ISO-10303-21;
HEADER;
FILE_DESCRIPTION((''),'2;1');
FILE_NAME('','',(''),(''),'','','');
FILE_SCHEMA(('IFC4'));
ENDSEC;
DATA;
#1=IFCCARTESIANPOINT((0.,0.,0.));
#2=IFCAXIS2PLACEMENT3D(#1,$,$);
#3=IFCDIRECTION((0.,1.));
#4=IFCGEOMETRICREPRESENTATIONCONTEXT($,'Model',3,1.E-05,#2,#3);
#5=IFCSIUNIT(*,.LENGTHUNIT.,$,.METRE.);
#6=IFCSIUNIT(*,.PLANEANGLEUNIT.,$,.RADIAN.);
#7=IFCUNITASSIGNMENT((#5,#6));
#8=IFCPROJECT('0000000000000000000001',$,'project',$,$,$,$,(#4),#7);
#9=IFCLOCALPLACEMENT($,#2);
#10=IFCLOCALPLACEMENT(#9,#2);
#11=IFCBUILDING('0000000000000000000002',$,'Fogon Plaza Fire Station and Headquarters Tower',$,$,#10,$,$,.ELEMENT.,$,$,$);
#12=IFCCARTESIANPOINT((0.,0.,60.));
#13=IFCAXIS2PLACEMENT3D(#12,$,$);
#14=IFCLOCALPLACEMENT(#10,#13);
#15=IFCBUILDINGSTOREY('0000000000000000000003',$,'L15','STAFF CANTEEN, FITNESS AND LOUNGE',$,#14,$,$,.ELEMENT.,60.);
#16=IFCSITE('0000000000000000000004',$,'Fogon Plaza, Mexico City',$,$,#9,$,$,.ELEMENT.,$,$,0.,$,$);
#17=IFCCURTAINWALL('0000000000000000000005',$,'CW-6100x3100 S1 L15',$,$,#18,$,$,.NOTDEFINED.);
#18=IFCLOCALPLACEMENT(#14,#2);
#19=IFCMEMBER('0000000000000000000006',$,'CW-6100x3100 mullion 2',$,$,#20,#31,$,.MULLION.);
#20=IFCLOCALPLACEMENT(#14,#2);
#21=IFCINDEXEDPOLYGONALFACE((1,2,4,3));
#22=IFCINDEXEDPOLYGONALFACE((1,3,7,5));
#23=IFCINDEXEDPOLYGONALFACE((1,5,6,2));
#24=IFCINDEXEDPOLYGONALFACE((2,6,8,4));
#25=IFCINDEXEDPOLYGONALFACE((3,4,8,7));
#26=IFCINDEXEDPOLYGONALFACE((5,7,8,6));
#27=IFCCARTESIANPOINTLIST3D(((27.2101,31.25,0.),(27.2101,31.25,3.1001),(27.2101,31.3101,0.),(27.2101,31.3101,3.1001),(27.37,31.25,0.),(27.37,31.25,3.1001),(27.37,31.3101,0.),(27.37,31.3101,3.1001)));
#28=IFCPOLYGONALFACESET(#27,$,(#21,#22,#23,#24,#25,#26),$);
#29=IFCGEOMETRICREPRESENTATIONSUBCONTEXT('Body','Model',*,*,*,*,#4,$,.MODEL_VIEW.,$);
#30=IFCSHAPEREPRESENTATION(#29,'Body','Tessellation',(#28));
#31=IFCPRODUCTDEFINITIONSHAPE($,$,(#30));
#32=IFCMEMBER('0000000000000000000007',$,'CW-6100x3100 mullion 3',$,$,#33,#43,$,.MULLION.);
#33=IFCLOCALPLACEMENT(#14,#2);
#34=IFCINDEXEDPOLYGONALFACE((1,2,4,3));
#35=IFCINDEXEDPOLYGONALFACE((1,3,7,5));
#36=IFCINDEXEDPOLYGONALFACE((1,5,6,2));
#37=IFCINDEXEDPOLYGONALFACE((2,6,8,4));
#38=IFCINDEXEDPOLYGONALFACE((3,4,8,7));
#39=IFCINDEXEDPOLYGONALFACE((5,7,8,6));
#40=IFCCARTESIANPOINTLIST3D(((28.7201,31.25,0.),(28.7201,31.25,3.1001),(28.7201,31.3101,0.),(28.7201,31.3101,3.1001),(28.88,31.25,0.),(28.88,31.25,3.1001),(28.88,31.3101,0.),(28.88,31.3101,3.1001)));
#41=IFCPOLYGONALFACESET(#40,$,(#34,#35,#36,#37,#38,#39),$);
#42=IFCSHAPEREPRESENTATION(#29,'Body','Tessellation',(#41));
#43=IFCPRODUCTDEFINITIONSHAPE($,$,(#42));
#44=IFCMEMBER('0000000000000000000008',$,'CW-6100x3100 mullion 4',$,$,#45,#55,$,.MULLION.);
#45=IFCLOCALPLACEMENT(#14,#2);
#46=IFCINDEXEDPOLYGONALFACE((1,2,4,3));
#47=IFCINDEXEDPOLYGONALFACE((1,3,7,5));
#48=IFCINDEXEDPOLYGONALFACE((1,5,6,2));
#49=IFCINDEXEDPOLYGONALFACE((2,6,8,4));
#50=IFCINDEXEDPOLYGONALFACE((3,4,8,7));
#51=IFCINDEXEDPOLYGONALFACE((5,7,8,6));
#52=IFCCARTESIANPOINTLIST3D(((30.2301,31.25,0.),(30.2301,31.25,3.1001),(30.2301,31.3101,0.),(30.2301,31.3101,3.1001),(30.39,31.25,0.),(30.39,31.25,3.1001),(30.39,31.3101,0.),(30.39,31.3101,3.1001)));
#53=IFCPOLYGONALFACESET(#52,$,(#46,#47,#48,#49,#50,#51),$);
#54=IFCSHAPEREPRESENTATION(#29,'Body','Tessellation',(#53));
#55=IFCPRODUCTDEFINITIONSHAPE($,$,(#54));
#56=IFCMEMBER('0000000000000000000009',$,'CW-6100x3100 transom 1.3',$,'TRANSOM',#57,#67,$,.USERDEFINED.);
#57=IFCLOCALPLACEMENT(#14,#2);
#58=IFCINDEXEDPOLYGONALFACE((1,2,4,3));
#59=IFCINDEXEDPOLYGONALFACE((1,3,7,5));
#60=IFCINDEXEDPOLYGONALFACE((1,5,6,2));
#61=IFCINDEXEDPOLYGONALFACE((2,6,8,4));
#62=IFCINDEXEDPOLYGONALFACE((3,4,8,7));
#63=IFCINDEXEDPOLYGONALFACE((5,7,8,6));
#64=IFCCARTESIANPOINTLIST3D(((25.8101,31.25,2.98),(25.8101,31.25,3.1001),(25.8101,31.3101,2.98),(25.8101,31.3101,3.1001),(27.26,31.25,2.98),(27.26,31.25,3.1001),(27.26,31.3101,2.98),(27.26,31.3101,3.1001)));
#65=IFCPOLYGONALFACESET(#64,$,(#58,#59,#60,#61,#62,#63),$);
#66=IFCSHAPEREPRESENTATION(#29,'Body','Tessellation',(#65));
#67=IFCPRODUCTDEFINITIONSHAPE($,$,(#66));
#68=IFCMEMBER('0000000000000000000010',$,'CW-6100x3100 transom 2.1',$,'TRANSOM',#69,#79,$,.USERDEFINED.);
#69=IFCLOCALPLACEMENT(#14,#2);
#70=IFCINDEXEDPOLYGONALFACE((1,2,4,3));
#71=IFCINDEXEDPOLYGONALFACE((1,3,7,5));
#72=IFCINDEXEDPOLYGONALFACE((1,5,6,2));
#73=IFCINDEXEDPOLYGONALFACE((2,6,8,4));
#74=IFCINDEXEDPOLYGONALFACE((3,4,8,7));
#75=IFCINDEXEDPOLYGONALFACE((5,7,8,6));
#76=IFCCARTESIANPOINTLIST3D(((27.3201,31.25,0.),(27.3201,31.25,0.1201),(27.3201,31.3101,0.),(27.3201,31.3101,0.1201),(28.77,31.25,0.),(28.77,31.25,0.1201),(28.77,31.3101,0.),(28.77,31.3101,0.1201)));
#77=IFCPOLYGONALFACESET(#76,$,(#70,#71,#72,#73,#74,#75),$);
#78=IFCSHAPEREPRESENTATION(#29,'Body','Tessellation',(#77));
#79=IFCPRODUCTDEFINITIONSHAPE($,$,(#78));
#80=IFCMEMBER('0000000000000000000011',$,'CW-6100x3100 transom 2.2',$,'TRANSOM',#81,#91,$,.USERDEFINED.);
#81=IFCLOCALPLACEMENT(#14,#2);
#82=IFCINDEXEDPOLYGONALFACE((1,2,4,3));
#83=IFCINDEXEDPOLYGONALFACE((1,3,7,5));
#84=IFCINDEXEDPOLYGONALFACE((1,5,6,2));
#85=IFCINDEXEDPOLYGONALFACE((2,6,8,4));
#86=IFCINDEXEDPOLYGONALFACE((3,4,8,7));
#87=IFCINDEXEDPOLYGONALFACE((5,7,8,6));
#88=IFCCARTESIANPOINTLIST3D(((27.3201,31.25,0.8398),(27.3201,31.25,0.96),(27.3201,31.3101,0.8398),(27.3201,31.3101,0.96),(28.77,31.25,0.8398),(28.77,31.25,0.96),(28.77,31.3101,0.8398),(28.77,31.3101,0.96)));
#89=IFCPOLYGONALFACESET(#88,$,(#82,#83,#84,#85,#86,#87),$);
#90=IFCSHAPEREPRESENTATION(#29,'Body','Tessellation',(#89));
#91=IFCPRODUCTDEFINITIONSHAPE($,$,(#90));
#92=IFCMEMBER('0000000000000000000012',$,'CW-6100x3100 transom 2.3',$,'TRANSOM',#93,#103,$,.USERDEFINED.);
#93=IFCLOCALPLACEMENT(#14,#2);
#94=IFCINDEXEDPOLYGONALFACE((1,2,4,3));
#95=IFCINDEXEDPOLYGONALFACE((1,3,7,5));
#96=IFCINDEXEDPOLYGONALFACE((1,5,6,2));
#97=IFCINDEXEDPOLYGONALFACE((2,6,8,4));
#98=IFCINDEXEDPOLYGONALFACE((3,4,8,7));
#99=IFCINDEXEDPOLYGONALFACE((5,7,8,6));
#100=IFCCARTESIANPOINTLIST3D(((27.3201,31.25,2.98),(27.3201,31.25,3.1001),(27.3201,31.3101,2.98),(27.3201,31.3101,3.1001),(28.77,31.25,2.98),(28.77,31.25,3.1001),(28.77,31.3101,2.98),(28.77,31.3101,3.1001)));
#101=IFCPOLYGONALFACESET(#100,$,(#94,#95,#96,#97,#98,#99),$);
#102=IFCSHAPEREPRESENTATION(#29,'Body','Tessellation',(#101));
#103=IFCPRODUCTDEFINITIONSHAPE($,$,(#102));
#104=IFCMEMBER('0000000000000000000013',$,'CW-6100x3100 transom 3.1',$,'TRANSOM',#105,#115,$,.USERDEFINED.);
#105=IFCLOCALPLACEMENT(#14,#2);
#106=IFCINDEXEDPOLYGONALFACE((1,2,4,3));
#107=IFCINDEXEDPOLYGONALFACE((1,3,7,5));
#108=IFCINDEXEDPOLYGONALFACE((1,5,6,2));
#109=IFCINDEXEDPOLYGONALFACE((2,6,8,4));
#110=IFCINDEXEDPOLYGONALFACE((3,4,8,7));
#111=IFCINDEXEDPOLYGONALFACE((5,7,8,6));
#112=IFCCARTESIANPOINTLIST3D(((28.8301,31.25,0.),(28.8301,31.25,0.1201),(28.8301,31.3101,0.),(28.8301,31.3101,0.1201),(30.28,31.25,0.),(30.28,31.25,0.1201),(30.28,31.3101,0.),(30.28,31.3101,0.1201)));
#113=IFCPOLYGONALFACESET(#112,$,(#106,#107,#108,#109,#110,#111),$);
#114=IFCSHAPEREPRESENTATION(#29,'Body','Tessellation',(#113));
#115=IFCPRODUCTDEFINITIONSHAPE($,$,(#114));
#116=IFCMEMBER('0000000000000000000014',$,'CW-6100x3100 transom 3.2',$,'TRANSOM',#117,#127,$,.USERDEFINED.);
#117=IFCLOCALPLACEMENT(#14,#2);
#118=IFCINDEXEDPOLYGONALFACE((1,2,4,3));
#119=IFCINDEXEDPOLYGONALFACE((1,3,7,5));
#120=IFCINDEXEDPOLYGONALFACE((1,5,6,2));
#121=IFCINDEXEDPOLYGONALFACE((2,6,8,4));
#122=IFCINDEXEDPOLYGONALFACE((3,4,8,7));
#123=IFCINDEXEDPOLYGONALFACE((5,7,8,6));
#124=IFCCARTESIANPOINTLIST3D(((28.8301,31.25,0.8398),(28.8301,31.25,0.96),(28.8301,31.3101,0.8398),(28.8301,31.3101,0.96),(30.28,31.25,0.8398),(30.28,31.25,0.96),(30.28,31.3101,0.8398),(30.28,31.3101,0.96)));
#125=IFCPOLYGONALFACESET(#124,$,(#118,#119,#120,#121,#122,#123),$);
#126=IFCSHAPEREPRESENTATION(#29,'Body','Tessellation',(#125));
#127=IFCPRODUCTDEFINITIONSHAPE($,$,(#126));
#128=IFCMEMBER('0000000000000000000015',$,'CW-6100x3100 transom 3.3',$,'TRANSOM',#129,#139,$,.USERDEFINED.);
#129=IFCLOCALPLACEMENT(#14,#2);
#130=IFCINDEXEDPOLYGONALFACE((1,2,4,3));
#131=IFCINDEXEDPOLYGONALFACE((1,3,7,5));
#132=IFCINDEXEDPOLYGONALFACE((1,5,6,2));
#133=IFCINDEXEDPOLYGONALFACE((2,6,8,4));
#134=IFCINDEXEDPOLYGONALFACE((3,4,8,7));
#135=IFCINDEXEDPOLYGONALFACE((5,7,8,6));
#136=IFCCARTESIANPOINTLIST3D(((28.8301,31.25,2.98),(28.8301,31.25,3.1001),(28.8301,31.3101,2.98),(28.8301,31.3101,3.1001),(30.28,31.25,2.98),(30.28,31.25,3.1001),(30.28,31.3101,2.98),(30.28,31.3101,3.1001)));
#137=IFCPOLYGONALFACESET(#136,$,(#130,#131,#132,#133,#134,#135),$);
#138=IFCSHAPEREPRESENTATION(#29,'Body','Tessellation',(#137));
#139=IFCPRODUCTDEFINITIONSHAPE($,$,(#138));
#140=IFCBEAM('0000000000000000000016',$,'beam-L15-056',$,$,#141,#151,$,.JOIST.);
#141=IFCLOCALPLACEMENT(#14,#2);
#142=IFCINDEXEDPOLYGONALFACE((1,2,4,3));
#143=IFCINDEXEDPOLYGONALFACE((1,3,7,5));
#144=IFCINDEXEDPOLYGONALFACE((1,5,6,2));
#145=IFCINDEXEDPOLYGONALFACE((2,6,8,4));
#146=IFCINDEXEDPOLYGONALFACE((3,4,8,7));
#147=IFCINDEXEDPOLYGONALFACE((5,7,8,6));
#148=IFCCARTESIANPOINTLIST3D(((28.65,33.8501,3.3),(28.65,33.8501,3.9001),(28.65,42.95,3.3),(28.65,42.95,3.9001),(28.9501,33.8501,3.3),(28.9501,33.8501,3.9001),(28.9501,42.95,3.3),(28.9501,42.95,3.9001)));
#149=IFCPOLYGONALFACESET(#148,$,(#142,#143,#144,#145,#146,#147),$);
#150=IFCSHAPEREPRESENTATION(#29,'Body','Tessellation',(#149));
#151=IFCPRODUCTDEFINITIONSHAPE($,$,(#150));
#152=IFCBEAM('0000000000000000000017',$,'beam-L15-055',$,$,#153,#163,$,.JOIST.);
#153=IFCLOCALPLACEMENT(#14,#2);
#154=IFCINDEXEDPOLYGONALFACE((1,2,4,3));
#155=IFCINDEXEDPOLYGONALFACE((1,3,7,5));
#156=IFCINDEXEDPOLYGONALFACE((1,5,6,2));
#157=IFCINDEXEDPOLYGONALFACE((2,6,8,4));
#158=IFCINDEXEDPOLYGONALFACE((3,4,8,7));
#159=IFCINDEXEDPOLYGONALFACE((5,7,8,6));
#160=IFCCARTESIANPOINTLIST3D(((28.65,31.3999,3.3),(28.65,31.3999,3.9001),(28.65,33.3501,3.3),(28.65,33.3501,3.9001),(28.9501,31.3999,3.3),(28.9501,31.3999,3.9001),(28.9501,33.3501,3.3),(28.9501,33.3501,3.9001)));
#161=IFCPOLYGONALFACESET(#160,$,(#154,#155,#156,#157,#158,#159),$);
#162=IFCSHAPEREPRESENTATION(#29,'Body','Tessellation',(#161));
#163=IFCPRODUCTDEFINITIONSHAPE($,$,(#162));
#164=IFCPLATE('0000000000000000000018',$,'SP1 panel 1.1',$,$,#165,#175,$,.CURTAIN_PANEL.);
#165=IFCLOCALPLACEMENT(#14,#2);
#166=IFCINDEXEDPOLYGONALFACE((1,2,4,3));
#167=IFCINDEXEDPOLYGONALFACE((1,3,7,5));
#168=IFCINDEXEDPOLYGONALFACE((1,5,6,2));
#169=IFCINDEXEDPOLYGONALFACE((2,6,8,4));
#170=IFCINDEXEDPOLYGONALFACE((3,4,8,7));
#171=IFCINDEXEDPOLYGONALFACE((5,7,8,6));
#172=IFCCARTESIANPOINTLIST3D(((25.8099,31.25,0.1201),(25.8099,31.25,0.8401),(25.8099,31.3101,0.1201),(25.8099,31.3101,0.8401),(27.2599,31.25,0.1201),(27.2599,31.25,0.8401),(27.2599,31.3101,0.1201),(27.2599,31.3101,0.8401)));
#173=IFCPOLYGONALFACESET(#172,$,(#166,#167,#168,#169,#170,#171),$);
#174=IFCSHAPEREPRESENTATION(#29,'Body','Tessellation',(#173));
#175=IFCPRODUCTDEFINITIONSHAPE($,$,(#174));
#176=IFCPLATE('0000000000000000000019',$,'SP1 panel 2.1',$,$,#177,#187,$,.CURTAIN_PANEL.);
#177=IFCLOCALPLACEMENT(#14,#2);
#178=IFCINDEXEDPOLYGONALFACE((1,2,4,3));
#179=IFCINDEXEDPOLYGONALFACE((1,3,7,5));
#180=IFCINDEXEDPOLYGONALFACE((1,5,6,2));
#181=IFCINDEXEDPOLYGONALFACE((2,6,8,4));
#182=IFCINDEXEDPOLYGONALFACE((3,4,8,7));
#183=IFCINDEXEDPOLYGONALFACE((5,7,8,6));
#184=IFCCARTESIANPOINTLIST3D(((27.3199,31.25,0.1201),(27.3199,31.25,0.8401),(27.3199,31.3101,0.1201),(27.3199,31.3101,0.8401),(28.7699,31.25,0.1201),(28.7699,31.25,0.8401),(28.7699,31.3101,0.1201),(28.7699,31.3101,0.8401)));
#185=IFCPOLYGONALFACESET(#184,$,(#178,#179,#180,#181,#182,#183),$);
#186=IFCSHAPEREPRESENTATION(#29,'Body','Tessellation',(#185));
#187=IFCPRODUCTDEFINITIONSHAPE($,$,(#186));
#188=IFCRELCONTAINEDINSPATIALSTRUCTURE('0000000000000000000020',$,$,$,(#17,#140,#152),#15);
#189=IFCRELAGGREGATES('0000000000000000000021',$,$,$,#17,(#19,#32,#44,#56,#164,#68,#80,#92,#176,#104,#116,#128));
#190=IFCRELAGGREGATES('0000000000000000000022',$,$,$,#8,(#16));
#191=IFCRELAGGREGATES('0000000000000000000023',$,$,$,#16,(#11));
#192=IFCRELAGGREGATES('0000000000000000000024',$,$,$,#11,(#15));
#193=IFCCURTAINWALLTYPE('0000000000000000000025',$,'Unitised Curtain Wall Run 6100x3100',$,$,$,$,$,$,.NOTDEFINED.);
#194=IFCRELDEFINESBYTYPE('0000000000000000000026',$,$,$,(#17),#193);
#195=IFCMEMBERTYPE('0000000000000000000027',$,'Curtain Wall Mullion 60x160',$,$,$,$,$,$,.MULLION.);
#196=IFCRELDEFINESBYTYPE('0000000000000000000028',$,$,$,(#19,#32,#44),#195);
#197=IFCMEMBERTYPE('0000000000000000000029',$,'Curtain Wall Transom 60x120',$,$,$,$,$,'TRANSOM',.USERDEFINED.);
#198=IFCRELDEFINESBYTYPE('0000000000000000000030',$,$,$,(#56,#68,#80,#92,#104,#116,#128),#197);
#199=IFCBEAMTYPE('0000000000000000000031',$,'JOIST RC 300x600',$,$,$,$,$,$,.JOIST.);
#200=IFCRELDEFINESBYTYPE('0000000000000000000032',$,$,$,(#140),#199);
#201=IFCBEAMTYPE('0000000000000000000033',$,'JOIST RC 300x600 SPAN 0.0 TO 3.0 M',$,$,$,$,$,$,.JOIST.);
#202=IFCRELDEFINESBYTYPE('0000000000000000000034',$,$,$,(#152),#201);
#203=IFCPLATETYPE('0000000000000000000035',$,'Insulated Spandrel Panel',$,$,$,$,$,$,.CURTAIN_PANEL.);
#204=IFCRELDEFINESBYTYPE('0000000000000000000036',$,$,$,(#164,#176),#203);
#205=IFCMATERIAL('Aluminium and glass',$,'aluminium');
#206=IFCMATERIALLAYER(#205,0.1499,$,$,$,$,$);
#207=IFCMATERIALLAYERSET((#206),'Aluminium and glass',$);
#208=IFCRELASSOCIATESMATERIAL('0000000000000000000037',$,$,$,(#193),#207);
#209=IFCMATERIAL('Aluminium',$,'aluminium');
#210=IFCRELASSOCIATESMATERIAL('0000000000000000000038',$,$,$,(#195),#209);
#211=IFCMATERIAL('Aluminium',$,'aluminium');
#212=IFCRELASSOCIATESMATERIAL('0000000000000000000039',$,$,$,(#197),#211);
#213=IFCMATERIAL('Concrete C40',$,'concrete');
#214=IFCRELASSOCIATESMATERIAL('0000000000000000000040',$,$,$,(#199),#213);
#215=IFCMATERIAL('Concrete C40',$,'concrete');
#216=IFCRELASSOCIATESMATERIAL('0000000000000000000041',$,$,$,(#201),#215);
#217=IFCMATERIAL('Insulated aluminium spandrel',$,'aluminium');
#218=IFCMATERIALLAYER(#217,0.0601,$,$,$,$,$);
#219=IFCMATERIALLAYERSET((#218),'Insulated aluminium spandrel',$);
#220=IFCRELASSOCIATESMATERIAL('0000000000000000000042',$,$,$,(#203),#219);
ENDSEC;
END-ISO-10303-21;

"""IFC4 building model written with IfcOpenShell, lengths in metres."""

from ifc_helpers import new_model, si_unit, direction, frame, origin, origin_2d, place, context, subcontext, project, spatial, rectangle, extrude, material, layer, layer_set, material_profile, profile_set, type_object, element, aggregate, save


model = new_model("IFC4")

# Units and contexts
model_context = context("Model", 3, precision=1e-05, world=origin(), true_north=direction((0.0, 1.0)))
body_context = subcontext(model_context, "Body", "Model", "MODEL_VIEW")
ifc_project = project(units=[si_unit("LENGTHUNIT", "METRE"), si_unit("PLANEANGLEUNIT", "RADIAN")], contexts=[model_context])

# Site, building, storey
site_placement = place(None, origin())
site = spatial("IfcSite", under=ifc_project, at=site_placement, Name="Fogon Plaza, Mexico City", CompositionType="ELEMENT", RefElevation=0.0)
building_placement = place(site_placement, origin())
building = spatial("IfcBuilding", under=site, at=building_placement, Name="Fogon Plaza Fire Station and Headquarters Tower", CompositionType="ELEMENT")
storey_placement = place(building_placement, frame((0.0, 0.0, 60.0)))
storey = spatial("IfcBuildingStorey", under=building, at=storey_placement, Name="L15", Description="STAFF CANTEEN, FITNESS AND LOUNGE", CompositionType="ELEMENT", Elevation=60.0)

# Curtain wall, members
ifc_material_1 = material(Name="Aluminium and glass", Category="aluminium")
ifc_layer_1 = layer(ifc_material_1, 0.1499)
ifc_layer_set_1 = layer_set([ifc_layer_1], Name="Aluminium and glass")
curtain_wall_type = type_object("IfcCurtainWallType", Name="Unitised Curtain Wall Run 6100x3100", PredefinedType="NOTDEFINED", material=ifc_layer_set_1)
curtain_wall_placement = place(storey_placement, origin())
curtain_wall = element("IfcCurtainWall", 1, at=curtain_wall_placement, inside=storey, type_object=curtain_wall_type, Name="CW-6100x3100 S1 L15", PredefinedType="NOTDEFINED")
ifc_material_2 = material(Name="Aluminium", Category="aluminium")
ifc_material_profile_1 = material_profile(ifc_material_2, rectangle(XDim=0.0601, YDim=0.1599, at=origin_2d()), Name="Curtain Wall Mullion 60x160")
ifc_profile_set_1 = profile_set([ifc_material_profile_1], Name="Aluminium")
member_type_1 = type_object("IfcMemberType", Name="Curtain Wall Mullion 60x160", PredefinedType="MULLION", material=ifc_profile_set_1)
member_1_placement = place(storey_placement, frame((27.29, 31.28, 0.0), z_axis=(0.0, 0.0, 1.0), x_axis=(0.0, 1.0, 0.0)))
member_1 = element("IfcMember", 2, at=member_1_placement, type_object=member_type_1, Name="CW-6100x3100 mullion 2", PredefinedType="MULLION", context=body_context, shape_type="SweptSolid", body=[
    extrude(rectangle(XDim=0.0601, YDim=0.1599, at=origin_2d()), origin(), (0.0, 0.0, 1.0), 3.1001),
])
member_2_placement = place(storey_placement, frame((28.8, 31.28, 0.0), z_axis=(0.0, 0.0, 1.0), x_axis=(0.0, 1.0, 0.0)))
member_2 = element("IfcMember", 3, at=member_2_placement, type_object=member_type_1, Name="CW-6100x3100 mullion 3", PredefinedType="MULLION", context=body_context, shape_type="SweptSolid", body=[
    extrude(rectangle(XDim=0.0601, YDim=0.1599, at=origin_2d()), origin(), (0.0, 0.0, 1.0), 3.1001),
])
member_3_placement = place(storey_placement, frame((30.3101, 31.28, 0.0), z_axis=(0.0, 0.0, 1.0), x_axis=(0.0, 1.0, 0.0)))
member_3 = element("IfcMember", 4, at=member_3_placement, type_object=member_type_1, Name="CW-6100x3100 mullion 4", PredefinedType="MULLION", context=body_context, shape_type="SweptSolid", body=[
    extrude(rectangle(XDim=0.0601, YDim=0.1599, at=origin_2d()), origin(), (0.0, 0.0, 1.0), 3.1001),
])
ifc_material_3 = material(Name="Aluminium", Category="aluminium")
ifc_material_profile_2 = material_profile(ifc_material_3, rectangle(XDim=0.0601, YDim=0.1201, at=origin_2d()), Name="Curtain Wall Transom 60x120")
ifc_profile_set_2 = profile_set([ifc_material_profile_2], Name="Aluminium")
member_type_2 = type_object("IfcMemberType", Name="Curtain Wall Transom 60x120", ElementType="TRANSOM", PredefinedType="USERDEFINED", material=ifc_profile_set_2)
member_4_placement = place(storey_placement, frame((25.8101, 31.28, 3.04), z_axis=(1.0, 0.0, 0.0), x_axis=(0.0, 1.0, 0.0)))
member_4 = element("IfcMember", 5, at=member_4_placement, type_object=member_type_2, Name="CW-6100x3100 transom 1.3", ObjectType="TRANSOM", PredefinedType="USERDEFINED", context=body_context, shape_type="SweptSolid", body=[
    extrude(rectangle(XDim=0.0601, YDim=0.1201, at=origin_2d()), origin(), (0.0, 0.0, 1.0), 1.45),
])
member_5_placement = place(storey_placement, frame((27.3201, 31.28, 0.0601), z_axis=(1.0, 0.0, 0.0), x_axis=(0.0, 1.0, 0.0)))
member_5 = element("IfcMember", 6, at=member_5_placement, type_object=member_type_2, Name="CW-6100x3100 transom 2.1", ObjectType="TRANSOM", PredefinedType="USERDEFINED", context=body_context, shape_type="SweptSolid", body=[
    extrude(rectangle(XDim=0.0601, YDim=0.1201, at=origin_2d()), origin(), (0.0, 0.0, 1.0), 1.45),
])
member_6_placement = place(storey_placement, frame((27.3201, 31.28, 0.8999), z_axis=(1.0, 0.0, 0.0), x_axis=(0.0, 1.0, 0.0)))
member_6 = element("IfcMember", 7, at=member_6_placement, type_object=member_type_2, Name="CW-6100x3100 transom 2.2", ObjectType="TRANSOM", PredefinedType="USERDEFINED", context=body_context, shape_type="SweptSolid", body=[
    extrude(rectangle(XDim=0.0601, YDim=0.1201, at=origin_2d()), origin(), (0.0, 0.0, 1.0), 1.45),
])
member_7_placement = place(storey_placement, frame((27.3201, 31.28, 3.04), z_axis=(1.0, 0.0, 0.0), x_axis=(0.0, 1.0, 0.0)))
member_7 = element("IfcMember", 8, at=member_7_placement, type_object=member_type_2, Name="CW-6100x3100 transom 2.3", ObjectType="TRANSOM", PredefinedType="USERDEFINED", context=body_context, shape_type="SweptSolid", body=[
    extrude(rectangle(XDim=0.0601, YDim=0.1201, at=origin_2d()), origin(), (0.0, 0.0, 1.0), 1.45),
])
member_8_placement = place(storey_placement, frame((28.8301, 31.28, 0.0601), z_axis=(1.0, 0.0, 0.0), x_axis=(0.0, 1.0, 0.0)))
member_8 = element("IfcMember", 9, at=member_8_placement, type_object=member_type_2, Name="CW-6100x3100 transom 3.1", ObjectType="TRANSOM", PredefinedType="USERDEFINED", context=body_context, shape_type="SweptSolid", body=[
    extrude(rectangle(XDim=0.0601, YDim=0.1201, at=origin_2d()), origin(), (0.0, 0.0, 1.0), 1.45),
])
member_9_placement = place(storey_placement, frame((28.8301, 31.28, 0.8999), z_axis=(1.0, 0.0, 0.0), x_axis=(0.0, 1.0, 0.0)))
member_9 = element("IfcMember", 10, at=member_9_placement, type_object=member_type_2, Name="CW-6100x3100 transom 3.2", ObjectType="TRANSOM", PredefinedType="USERDEFINED", context=body_context, shape_type="SweptSolid", body=[
    extrude(rectangle(XDim=0.0601, YDim=0.1201, at=origin_2d()), origin(), (0.0, 0.0, 1.0), 1.45),
])
member_10_placement = place(storey_placement, frame((28.8301, 31.28, 3.04), z_axis=(1.0, 0.0, 0.0), x_axis=(0.0, 1.0, 0.0)))
member_10 = element("IfcMember", 11, at=member_10_placement, type_object=member_type_2, Name="CW-6100x3100 transom 3.3", ObjectType="TRANSOM", PredefinedType="USERDEFINED", context=body_context, shape_type="SweptSolid", body=[
    extrude(rectangle(XDim=0.0601, YDim=0.1201, at=origin_2d()), origin(), (0.0, 0.0, 1.0), 1.45),
])

# Beams
ifc_material_4 = material(Name="Concrete C40", Category="concrete")
ifc_material_profile_3 = material_profile(ifc_material_4, rectangle(XDim=0.3, YDim=0.6001, at=origin_2d()), Name="RC 300x600")
ifc_profile_set_3 = profile_set([ifc_material_profile_3], Name="Concrete C40")
beam_type_1 = type_object("IfcBeamType", Name="JOIST RC 300x600", PredefinedType="JOIST", material=ifc_profile_set_3)
beam_1_placement = place(storey_placement, frame((28.8, 33.8501, 3.6001), z_axis=(0.0, 1.0, 0.0), x_axis=(-1.0, 0.0, 0.0)))
element("IfcBeam", 12, at=beam_1_placement, inside=storey, type_object=beam_type_1, Name="beam-L15-056", PredefinedType="JOIST", context=body_context, shape_type="SweptSolid", body=[
    extrude(rectangle(XDim=0.3, YDim=0.6001, at=origin_2d()), origin(), (0.0, 0.0, 1.0), 9.0999),
])
ifc_material_5 = material(Name="Concrete C40", Category="concrete")
ifc_material_profile_4 = material_profile(ifc_material_5, rectangle(XDim=0.3, YDim=0.6001, at=origin_2d()), Name="RC 300x600")
ifc_profile_set_4 = profile_set([ifc_material_profile_4], Name="Concrete C40")
beam_type_2 = type_object("IfcBeamType", Name="JOIST RC 300x600 SPAN 0.0 TO 3.0 M", PredefinedType="JOIST", material=ifc_profile_set_4)
beam_2_placement = place(storey_placement, frame((28.8, 31.3999, 3.6001), z_axis=(0.0, 1.0, 0.0), x_axis=(-1.0, 0.0, 0.0)))
element("IfcBeam", 13, at=beam_2_placement, inside=storey, type_object=beam_type_2, Name="beam-L15-055", PredefinedType="JOIST", context=body_context, shape_type="SweptSolid", body=[
    extrude(rectangle(XDim=0.3, YDim=0.6001, at=origin_2d()), origin(), (0.0, 0.0, 1.0), 1.9502),
])

# Plates
ifc_material_6 = material(Name="Insulated aluminium spandrel", Category="aluminium")
ifc_layer_2 = layer(ifc_material_6, 0.0601)
ifc_layer_set_2 = layer_set([ifc_layer_2], Name="Insulated aluminium spandrel")
plate_type_1 = type_object("IfcPlateType", Name="Insulated Spandrel Panel", PredefinedType="CURTAIN_PANEL", material=ifc_layer_set_2)
plate_1_placement = place(storey_placement, frame((26.5349, 31.28, 0.1201), z_axis=(0.0, 0.0, 1.0), x_axis=(1.0, 0.0, 0.0)))
plate_1 = element("IfcPlate", 14, at=plate_1_placement, type_object=plate_type_1, Name="SP1 panel 1.1", PredefinedType="CURTAIN_PANEL", context=body_context, shape_type="SweptSolid", body=[
    extrude(rectangle(XDim=1.45, YDim=0.0601, at=origin_2d()), origin(), (0.0, 0.0, 1.0), 0.72),
])
plate_2_placement = place(storey_placement, frame((28.0449, 31.28, 0.1201), z_axis=(0.0, 0.0, 1.0), x_axis=(1.0, 0.0, 0.0)))
plate_2 = element("IfcPlate", 15, at=plate_2_placement, type_object=plate_type_1, Name="SP1 panel 2.1", PredefinedType="CURTAIN_PANEL", context=body_context, shape_type="SweptSolid", body=[
    extrude(rectangle(XDim=1.45, YDim=0.0601, at=origin_2d()), origin(), (0.0, 0.0, 1.0), 0.72),
])
aggregate(curtain_wall, [member_1, member_2, member_3, member_4, plate_1, member_5, member_6, member_7, plate_2, member_8, member_9, member_10])

save(model, "model.ifc")
